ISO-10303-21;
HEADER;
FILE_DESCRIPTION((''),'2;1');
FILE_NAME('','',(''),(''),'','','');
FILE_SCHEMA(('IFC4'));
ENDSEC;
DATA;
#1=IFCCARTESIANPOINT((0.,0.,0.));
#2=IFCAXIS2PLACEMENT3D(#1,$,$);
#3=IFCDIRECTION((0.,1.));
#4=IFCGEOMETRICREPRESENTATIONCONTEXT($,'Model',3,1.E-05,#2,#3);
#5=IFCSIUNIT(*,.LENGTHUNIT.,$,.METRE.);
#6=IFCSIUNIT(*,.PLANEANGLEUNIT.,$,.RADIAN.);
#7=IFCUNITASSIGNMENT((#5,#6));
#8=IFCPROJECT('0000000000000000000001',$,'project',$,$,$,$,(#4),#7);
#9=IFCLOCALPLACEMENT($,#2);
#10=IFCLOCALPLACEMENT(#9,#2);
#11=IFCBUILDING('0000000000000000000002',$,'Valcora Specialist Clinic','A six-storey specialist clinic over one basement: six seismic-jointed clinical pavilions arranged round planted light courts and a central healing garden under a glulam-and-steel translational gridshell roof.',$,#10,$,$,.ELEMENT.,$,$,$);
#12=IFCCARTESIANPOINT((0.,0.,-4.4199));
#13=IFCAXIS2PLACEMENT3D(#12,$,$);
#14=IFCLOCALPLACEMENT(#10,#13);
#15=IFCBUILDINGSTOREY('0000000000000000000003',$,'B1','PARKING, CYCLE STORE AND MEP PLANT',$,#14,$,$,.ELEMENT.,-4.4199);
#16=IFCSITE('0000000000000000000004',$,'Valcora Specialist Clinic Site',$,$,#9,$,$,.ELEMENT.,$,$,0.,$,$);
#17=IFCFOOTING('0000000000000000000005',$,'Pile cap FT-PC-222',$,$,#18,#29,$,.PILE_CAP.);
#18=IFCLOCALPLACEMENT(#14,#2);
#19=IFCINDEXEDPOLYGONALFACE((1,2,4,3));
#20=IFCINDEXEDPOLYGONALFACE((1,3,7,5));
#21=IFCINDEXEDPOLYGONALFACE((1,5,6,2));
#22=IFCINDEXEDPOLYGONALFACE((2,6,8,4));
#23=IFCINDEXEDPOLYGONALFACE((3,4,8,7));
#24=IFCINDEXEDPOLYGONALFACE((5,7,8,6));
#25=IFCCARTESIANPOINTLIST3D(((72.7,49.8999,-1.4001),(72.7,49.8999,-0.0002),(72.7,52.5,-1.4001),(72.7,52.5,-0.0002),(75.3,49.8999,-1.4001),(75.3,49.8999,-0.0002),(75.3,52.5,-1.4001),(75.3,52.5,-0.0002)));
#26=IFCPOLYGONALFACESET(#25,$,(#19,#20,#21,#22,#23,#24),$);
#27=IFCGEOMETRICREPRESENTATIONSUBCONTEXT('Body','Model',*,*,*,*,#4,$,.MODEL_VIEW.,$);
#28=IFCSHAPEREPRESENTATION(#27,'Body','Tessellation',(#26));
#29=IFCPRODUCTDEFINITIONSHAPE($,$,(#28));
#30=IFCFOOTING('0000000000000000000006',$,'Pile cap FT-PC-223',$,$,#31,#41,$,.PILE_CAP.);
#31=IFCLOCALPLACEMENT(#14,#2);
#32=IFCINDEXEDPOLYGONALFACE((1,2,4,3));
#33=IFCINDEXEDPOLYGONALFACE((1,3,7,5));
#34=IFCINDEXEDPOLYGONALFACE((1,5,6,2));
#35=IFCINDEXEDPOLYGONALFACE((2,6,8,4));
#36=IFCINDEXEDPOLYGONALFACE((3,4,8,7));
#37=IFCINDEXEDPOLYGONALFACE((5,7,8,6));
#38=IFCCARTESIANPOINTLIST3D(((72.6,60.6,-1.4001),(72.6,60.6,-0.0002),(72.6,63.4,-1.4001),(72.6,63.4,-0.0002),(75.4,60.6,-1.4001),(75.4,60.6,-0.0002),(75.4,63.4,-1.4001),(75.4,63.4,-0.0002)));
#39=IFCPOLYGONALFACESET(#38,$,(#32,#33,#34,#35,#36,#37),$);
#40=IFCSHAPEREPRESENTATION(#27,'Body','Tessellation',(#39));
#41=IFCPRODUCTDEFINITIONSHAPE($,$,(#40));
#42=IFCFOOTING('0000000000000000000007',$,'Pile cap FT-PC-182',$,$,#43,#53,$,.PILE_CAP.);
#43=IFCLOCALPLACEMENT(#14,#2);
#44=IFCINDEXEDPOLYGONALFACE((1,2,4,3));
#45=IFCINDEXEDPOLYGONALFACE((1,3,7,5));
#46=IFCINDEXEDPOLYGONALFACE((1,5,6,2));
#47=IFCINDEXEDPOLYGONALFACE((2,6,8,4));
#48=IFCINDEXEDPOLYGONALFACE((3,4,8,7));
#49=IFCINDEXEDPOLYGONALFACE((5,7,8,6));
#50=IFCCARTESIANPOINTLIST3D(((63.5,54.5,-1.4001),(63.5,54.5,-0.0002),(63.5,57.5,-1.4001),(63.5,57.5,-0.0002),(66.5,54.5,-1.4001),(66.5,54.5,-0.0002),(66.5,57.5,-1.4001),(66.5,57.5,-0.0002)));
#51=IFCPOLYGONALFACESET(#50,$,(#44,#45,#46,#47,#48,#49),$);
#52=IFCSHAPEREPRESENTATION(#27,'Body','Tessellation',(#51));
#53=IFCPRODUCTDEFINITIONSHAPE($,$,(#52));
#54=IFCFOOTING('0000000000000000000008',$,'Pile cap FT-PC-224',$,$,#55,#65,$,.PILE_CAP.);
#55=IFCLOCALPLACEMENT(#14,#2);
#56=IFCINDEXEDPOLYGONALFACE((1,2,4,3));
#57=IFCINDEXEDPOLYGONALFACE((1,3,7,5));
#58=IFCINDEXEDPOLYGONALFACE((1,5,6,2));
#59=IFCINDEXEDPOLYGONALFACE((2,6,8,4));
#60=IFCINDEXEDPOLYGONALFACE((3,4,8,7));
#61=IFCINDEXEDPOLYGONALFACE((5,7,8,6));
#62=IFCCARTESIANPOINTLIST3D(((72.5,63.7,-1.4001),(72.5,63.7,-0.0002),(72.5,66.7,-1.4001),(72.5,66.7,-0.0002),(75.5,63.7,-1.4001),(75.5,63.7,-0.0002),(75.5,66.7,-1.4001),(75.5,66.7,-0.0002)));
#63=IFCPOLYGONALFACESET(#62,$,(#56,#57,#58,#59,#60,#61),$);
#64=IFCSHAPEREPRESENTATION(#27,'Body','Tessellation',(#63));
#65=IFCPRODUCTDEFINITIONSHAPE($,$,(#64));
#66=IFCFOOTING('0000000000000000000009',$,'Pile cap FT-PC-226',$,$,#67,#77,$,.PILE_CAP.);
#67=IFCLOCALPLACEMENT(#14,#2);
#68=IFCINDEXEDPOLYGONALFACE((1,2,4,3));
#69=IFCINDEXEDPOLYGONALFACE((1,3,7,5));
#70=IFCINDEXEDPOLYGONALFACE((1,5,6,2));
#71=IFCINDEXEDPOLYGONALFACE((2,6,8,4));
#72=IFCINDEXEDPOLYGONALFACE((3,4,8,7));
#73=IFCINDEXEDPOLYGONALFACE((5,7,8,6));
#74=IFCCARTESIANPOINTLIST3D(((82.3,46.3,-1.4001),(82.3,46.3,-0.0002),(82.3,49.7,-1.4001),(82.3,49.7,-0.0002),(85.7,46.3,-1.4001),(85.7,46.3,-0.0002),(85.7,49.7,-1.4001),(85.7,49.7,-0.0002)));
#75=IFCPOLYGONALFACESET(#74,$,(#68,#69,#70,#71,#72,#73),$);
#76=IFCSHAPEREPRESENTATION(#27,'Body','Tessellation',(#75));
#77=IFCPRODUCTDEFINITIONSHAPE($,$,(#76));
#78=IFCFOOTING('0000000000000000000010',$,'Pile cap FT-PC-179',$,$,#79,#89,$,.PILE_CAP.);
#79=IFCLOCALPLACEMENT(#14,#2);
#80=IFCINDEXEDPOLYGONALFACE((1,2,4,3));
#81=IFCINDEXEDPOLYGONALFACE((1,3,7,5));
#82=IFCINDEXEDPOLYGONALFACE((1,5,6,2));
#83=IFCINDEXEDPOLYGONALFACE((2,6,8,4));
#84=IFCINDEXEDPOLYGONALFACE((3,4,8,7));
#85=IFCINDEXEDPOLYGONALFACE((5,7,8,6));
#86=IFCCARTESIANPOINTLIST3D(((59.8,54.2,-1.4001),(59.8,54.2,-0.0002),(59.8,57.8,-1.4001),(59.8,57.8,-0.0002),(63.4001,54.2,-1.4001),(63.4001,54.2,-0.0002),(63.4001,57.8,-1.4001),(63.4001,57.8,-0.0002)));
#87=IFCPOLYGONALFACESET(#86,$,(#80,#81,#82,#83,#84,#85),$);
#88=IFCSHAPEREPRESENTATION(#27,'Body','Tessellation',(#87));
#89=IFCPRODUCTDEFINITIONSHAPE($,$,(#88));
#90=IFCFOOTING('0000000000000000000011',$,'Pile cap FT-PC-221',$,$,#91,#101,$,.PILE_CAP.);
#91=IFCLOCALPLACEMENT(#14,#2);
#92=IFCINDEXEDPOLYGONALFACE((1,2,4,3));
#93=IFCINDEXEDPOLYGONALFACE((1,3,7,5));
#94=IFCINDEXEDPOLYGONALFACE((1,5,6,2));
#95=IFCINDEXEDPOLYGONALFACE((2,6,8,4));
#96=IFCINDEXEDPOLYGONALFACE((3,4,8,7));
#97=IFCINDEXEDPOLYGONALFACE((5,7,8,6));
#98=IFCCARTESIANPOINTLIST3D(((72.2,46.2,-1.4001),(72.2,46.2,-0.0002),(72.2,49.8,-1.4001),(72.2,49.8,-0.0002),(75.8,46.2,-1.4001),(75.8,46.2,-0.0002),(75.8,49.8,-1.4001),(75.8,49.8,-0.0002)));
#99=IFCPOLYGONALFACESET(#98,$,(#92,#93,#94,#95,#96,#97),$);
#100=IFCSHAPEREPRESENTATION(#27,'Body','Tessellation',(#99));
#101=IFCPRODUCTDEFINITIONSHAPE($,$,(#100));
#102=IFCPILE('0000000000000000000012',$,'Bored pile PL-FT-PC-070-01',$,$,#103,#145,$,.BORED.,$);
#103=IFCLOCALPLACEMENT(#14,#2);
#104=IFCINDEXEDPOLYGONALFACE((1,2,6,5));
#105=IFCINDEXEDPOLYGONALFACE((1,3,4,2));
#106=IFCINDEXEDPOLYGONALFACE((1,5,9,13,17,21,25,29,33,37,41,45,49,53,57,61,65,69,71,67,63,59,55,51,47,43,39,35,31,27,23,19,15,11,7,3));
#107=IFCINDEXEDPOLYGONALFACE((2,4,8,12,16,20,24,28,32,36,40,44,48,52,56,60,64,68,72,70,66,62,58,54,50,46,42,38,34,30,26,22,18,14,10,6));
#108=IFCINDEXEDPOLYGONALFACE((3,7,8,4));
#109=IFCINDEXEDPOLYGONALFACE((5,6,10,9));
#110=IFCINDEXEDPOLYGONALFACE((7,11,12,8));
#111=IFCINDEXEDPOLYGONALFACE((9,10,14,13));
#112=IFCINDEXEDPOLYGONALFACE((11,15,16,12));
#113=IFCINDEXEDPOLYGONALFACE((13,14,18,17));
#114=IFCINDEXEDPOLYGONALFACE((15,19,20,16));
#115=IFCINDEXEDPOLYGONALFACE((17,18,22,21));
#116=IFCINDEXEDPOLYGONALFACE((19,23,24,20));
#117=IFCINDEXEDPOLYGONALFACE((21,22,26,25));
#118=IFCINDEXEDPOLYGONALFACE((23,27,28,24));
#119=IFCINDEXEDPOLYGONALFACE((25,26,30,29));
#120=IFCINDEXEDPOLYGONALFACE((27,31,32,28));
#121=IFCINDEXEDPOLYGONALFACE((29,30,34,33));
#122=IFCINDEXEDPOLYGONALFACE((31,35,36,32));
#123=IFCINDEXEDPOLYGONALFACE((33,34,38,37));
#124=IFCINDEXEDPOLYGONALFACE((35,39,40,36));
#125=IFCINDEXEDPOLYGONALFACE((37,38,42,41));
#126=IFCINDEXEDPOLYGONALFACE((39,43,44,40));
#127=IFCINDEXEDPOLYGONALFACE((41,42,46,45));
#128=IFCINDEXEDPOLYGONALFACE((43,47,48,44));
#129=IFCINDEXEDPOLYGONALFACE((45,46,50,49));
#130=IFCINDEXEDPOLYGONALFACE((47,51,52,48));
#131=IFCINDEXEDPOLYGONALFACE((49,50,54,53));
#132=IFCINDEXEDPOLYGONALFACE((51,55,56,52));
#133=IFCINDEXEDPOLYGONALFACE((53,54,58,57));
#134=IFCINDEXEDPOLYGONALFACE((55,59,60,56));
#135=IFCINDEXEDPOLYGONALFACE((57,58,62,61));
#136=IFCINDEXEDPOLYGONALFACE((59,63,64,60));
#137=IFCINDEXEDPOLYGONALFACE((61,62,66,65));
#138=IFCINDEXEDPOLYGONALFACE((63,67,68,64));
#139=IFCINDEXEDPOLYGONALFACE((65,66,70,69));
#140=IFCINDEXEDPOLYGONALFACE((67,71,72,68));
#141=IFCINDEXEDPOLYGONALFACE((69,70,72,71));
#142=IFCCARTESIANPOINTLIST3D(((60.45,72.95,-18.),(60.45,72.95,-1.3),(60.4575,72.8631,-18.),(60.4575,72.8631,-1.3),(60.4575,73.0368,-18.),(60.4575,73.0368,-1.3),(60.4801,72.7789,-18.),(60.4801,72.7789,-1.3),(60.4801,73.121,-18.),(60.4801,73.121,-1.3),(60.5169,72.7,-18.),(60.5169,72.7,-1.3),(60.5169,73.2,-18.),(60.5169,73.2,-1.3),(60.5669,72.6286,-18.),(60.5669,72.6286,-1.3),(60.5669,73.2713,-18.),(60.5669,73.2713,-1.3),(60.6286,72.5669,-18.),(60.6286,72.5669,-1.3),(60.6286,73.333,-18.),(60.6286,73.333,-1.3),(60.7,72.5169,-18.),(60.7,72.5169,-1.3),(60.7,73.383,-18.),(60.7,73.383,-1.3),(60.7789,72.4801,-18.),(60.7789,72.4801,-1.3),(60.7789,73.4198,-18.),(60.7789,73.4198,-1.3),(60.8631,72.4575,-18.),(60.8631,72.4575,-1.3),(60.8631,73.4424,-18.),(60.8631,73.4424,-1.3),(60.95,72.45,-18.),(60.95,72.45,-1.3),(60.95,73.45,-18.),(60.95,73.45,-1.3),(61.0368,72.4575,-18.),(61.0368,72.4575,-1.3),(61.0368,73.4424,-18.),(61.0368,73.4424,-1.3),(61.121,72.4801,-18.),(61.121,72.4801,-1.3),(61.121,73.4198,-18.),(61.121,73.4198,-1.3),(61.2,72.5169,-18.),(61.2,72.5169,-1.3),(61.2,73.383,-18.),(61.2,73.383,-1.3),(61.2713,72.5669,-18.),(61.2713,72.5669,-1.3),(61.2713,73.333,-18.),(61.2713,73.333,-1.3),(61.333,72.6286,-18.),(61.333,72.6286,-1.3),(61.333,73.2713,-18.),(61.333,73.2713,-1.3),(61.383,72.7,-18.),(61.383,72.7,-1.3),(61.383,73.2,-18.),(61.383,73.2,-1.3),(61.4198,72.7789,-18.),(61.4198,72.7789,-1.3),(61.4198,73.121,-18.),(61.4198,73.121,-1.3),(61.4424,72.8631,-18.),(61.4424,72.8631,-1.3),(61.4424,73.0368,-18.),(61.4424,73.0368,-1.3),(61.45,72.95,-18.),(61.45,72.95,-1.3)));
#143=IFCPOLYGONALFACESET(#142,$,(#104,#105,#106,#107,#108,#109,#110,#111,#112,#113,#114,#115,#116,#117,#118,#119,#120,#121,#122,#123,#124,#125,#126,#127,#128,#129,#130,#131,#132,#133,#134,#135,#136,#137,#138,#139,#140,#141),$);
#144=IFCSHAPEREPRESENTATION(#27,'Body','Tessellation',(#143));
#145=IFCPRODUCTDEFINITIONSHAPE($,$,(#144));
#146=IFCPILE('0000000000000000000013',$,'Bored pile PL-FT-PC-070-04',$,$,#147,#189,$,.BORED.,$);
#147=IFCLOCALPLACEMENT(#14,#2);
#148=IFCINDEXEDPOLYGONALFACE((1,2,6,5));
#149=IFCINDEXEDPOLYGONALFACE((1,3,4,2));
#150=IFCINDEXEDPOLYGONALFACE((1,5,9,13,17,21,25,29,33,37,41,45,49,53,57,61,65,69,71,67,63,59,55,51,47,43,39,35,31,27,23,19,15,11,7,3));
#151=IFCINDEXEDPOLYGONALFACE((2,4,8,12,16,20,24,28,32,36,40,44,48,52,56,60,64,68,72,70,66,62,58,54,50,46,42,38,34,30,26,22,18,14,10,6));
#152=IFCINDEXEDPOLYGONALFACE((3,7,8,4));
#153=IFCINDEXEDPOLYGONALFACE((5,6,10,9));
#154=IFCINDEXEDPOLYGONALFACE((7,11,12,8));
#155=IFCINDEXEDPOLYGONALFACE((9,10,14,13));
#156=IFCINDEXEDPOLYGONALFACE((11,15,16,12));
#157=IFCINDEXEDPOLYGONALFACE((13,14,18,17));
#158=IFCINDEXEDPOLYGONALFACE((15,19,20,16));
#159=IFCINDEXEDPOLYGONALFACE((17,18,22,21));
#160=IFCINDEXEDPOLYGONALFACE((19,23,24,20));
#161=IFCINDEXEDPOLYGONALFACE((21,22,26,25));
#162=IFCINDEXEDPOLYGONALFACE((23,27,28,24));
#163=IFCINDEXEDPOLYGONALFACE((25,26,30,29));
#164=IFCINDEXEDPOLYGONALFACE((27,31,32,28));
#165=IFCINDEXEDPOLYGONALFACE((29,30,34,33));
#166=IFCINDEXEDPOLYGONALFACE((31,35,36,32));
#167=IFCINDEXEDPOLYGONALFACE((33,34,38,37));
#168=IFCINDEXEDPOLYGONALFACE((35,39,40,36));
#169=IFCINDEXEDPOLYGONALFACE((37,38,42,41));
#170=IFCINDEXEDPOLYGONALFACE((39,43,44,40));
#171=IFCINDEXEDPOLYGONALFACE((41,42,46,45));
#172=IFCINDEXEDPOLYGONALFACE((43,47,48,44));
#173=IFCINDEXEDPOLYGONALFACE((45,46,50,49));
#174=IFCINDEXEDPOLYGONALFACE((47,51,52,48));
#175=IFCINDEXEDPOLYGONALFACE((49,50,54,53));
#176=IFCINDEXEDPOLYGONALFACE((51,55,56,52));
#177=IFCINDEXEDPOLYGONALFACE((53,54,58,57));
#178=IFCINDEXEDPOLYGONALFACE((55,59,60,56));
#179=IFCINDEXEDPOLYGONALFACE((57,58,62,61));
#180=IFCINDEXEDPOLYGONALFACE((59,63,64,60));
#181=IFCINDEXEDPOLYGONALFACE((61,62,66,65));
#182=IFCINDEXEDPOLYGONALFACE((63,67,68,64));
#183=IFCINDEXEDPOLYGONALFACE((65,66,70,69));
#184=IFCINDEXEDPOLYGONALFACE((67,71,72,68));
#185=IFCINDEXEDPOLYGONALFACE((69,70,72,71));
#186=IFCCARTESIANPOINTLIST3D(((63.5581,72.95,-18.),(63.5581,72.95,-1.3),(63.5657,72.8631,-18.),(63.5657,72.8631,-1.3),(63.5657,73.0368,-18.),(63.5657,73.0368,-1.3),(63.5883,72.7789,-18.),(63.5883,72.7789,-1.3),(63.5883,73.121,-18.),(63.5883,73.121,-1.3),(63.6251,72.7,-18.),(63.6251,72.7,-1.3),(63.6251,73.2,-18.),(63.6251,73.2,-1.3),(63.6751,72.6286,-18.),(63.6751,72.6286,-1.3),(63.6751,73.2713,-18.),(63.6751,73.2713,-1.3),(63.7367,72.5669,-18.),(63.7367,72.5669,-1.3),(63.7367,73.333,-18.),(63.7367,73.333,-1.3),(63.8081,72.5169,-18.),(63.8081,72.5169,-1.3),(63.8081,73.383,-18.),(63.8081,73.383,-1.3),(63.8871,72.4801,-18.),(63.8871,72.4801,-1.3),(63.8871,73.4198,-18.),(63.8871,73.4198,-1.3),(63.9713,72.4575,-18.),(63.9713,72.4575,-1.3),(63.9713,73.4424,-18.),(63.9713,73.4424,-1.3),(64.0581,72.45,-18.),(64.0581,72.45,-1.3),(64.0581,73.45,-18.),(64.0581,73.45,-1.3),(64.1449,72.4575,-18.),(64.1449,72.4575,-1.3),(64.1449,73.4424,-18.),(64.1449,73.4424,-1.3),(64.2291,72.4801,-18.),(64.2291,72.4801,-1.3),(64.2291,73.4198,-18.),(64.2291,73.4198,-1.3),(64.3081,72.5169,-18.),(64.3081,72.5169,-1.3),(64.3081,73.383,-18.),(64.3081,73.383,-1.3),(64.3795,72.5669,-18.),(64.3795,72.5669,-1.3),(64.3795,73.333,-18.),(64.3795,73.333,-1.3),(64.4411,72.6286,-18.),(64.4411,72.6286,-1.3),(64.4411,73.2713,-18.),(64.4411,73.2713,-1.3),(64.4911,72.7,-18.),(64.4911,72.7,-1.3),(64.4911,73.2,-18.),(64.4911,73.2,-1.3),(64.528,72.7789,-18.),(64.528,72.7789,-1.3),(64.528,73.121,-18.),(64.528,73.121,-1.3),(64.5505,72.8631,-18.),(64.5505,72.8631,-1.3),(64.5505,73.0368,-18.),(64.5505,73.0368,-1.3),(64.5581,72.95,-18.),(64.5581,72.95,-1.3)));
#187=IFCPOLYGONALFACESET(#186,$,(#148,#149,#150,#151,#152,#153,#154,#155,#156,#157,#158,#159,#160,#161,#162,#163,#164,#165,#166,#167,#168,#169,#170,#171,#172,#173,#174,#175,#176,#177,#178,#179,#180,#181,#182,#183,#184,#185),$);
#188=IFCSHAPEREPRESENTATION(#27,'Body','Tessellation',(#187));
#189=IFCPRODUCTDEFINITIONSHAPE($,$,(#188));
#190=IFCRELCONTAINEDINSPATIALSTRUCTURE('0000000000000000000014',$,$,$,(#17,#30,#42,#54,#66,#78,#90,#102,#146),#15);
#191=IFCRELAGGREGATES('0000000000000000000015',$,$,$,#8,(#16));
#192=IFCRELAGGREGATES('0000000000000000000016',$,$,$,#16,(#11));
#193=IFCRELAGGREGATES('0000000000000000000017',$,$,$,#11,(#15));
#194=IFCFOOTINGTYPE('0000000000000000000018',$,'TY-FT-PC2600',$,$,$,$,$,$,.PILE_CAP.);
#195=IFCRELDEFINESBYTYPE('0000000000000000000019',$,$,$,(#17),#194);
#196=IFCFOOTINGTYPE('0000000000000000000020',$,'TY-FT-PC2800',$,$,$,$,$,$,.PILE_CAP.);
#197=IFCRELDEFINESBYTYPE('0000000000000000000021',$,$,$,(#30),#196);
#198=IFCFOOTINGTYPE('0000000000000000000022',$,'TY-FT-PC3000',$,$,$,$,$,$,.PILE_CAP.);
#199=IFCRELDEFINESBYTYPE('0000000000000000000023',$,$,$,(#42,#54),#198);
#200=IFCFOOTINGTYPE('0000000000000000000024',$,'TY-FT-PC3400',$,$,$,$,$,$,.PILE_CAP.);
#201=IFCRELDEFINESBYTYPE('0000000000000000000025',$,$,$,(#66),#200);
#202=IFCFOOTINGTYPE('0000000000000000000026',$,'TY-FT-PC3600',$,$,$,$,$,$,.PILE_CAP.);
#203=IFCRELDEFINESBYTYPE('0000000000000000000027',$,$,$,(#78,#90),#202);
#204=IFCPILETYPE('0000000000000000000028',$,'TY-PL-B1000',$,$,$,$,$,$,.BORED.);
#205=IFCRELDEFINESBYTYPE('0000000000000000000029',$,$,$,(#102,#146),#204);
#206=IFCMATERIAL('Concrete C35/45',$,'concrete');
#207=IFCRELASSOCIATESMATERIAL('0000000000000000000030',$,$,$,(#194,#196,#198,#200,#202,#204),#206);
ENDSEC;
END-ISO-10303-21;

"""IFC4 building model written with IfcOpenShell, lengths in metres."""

from ifc_helpers import new_model, si_unit, direction, frame, origin, origin_2d, place, context, subcontext, project, spatial, rectangle, circle, extrude, material, material_profile, profile_set, type_object, element, save


model = new_model("IFC4")

# Units and contexts
model_context = context("Model", 3, precision=1e-05, world=origin(), true_north=direction((0.0, 1.0)))
body_context = subcontext(model_context, "Body", "Model", "MODEL_VIEW")
ifc_project = project(units=[si_unit("LENGTHUNIT", "METRE"), si_unit("PLANEANGLEUNIT", "RADIAN")], contexts=[model_context])

# Site, building, storey
site_placement = place(None, origin())
site = spatial("IfcSite", under=ifc_project, at=site_placement, Name="Valcora Specialist Clinic Site", CompositionType="ELEMENT", RefElevation=0.0)
building_placement = place(site_placement, origin())
building = spatial("IfcBuilding", under=site, at=building_placement, Name="Valcora Specialist Clinic", Description="A six-storey specialist clinic over one basement: six seismic-jointed clinical pavilions arranged round planted light courts and a central healing garden under a glulam-and-steel translational gridshell roof.", CompositionType="ELEMENT")
storey_placement = place(building_placement, frame((0.0, 0.0, -4.4199)))
storey = spatial("IfcBuildingStorey", under=building, at=storey_placement, Name="B1", Description="PARKING, CYCLE STORE AND MEP PLANT", CompositionType="ELEMENT", Elevation=-4.4199)

# Footings
ifc_material_1 = material(Name="Concrete C35/45", Category="concrete")
footing_type_1 = type_object("IfcFootingType", Name="TY-FT-PC2600", PredefinedType="PILE_CAP", material=ifc_material_1)
footing_1_placement = place(storey_placement, frame((74.0, 51.2, -1.4001), z_axis=(0.0, 0.0, 1.0), x_axis=(1.0, 0.0, 0.0)))
element("IfcFooting", 1, at=footing_1_placement, inside=storey, type_object=footing_type_1, Name="Pile cap FT-PC-222", PredefinedType="PILE_CAP", context=body_context, shape_type="SweptSolid", body=[
    extrude(rectangle(XDim=2.6001, YDim=2.6001, at=origin_2d()), origin(), (0.0, 0.0, 1.0), 1.3999),
])
footing_type_2 = type_object("IfcFootingType", Name="TY-FT-PC2800", PredefinedType="PILE_CAP", material=ifc_material_1)
footing_2_placement = place(storey_placement, frame((74.0, 62.0, -1.4001), z_axis=(0.0, 0.0, 1.0), x_axis=(1.0, 0.0, 0.0)))
element("IfcFooting", 2, at=footing_2_placement, inside=storey, type_object=footing_type_2, Name="Pile cap FT-PC-223", PredefinedType="PILE_CAP", context=body_context, shape_type="SweptSolid", body=[
    extrude(rectangle(XDim=2.8, YDim=2.8, at=origin_2d()), origin(), (0.0, 0.0, 1.0), 1.3999),
])
footing_type_3 = type_object("IfcFootingType", Name="TY-FT-PC3000", PredefinedType="PILE_CAP", material=ifc_material_1)
for number, where, z_axis, x_axis, name in (
    (3, (65.0, 56.0, -1.4001), (0.0, 0.0, 1.0), (1.0, 0.0, 0.0), "Pile cap FT-PC-182"),
    (4, (74.0, 65.2, -1.4001), (0.0, 0.0, 1.0), (1.0, 0.0, 0.0), "Pile cap FT-PC-224"),
):
    element("IfcFooting", number, at=place(storey_placement, frame(where, z_axis=z_axis, x_axis=x_axis)), inside=storey, type_object=footing_type_3, Name=name, PredefinedType="PILE_CAP", context=body_context, shape_type="SweptSolid", body=[
        extrude(rectangle(XDim=3.0, YDim=3.0, at=origin_2d()), origin(), (0.0, 0.0, 1.0), 1.3999),
    ])
footing_type_4 = type_object("IfcFootingType", Name="TY-FT-PC3400", PredefinedType="PILE_CAP", material=ifc_material_1)
footing_3_placement = place(storey_placement, frame((84.0, 48.0, -1.4001), z_axis=(0.0, 0.0, 1.0), x_axis=(1.0, 0.0, 0.0)))
element("IfcFooting", 5, at=footing_3_placement, inside=storey, type_object=footing_type_4, Name="Pile cap FT-PC-226", PredefinedType="PILE_CAP", context=body_context, shape_type="SweptSolid", body=[
    extrude(rectangle(XDim=3.3999, YDim=3.3999, at=origin_2d()), origin(), (0.0, 0.0, 1.0), 1.3999),
])
footing_type_5 = type_object("IfcFootingType", Name="TY-FT-PC3600", PredefinedType="PILE_CAP", material=ifc_material_1)
for number, where, z_axis, x_axis, name in (
    (6, (61.6001, 56.0, -1.4001), (0.0, 0.0, 1.0), (1.0, 0.0, 0.0), "Pile cap FT-PC-179"),
    (7, (74.0, 48.0, -1.4001), (0.0, 0.0, 1.0), (1.0, 0.0, 0.0), "Pile cap FT-PC-221"),
):
    element("IfcFooting", number, at=place(storey_placement, frame(where, z_axis=z_axis, x_axis=x_axis)), inside=storey, type_object=footing_type_5, Name=name, PredefinedType="PILE_CAP", context=body_context, shape_type="SweptSolid", body=[
        extrude(rectangle(XDim=3.6001, YDim=3.6001, at=origin_2d()), origin(), (0.0, 0.0, 1.0), 1.3999),
    ])

# Piles
ifc_material_profile_1 = material_profile(ifc_material_1, circle(Radius=0.5, at=origin_2d()), Name="RC-PIL-D1000")
ifc_profile_set_1 = profile_set([ifc_material_profile_1], Name="Concrete C35/45")
pile_type_1 = type_object("IfcPileType", Name="TY-PL-B1000", PredefinedType="BORED", material=ifc_profile_set_1)
for number, where, z_axis, x_axis, name in (
    (8, (60.95, 72.95, -1.3), (0.0, 0.0, -1.0), (1.0, 0.0, 0.0), "Bored pile PL-FT-PC-070-01"),
    (9, (64.0581, 72.95, -1.3), (0.0, 0.0, -1.0), (1.0, 0.0, 0.0), "Bored pile PL-FT-PC-070-04"),
):
    element("IfcPile", number, at=place(storey_placement, frame(where, z_axis=z_axis, x_axis=x_axis)), inside=storey, type_object=pile_type_1, Name=name, PredefinedType="BORED", context=body_context, shape_type="SweptSolid", body=[
        extrude(circle(Radius=0.5, at=origin_2d()), origin(), (0.0, 0.0, 1.0), 16.7),
    ])

save(model, "model.ifc")
